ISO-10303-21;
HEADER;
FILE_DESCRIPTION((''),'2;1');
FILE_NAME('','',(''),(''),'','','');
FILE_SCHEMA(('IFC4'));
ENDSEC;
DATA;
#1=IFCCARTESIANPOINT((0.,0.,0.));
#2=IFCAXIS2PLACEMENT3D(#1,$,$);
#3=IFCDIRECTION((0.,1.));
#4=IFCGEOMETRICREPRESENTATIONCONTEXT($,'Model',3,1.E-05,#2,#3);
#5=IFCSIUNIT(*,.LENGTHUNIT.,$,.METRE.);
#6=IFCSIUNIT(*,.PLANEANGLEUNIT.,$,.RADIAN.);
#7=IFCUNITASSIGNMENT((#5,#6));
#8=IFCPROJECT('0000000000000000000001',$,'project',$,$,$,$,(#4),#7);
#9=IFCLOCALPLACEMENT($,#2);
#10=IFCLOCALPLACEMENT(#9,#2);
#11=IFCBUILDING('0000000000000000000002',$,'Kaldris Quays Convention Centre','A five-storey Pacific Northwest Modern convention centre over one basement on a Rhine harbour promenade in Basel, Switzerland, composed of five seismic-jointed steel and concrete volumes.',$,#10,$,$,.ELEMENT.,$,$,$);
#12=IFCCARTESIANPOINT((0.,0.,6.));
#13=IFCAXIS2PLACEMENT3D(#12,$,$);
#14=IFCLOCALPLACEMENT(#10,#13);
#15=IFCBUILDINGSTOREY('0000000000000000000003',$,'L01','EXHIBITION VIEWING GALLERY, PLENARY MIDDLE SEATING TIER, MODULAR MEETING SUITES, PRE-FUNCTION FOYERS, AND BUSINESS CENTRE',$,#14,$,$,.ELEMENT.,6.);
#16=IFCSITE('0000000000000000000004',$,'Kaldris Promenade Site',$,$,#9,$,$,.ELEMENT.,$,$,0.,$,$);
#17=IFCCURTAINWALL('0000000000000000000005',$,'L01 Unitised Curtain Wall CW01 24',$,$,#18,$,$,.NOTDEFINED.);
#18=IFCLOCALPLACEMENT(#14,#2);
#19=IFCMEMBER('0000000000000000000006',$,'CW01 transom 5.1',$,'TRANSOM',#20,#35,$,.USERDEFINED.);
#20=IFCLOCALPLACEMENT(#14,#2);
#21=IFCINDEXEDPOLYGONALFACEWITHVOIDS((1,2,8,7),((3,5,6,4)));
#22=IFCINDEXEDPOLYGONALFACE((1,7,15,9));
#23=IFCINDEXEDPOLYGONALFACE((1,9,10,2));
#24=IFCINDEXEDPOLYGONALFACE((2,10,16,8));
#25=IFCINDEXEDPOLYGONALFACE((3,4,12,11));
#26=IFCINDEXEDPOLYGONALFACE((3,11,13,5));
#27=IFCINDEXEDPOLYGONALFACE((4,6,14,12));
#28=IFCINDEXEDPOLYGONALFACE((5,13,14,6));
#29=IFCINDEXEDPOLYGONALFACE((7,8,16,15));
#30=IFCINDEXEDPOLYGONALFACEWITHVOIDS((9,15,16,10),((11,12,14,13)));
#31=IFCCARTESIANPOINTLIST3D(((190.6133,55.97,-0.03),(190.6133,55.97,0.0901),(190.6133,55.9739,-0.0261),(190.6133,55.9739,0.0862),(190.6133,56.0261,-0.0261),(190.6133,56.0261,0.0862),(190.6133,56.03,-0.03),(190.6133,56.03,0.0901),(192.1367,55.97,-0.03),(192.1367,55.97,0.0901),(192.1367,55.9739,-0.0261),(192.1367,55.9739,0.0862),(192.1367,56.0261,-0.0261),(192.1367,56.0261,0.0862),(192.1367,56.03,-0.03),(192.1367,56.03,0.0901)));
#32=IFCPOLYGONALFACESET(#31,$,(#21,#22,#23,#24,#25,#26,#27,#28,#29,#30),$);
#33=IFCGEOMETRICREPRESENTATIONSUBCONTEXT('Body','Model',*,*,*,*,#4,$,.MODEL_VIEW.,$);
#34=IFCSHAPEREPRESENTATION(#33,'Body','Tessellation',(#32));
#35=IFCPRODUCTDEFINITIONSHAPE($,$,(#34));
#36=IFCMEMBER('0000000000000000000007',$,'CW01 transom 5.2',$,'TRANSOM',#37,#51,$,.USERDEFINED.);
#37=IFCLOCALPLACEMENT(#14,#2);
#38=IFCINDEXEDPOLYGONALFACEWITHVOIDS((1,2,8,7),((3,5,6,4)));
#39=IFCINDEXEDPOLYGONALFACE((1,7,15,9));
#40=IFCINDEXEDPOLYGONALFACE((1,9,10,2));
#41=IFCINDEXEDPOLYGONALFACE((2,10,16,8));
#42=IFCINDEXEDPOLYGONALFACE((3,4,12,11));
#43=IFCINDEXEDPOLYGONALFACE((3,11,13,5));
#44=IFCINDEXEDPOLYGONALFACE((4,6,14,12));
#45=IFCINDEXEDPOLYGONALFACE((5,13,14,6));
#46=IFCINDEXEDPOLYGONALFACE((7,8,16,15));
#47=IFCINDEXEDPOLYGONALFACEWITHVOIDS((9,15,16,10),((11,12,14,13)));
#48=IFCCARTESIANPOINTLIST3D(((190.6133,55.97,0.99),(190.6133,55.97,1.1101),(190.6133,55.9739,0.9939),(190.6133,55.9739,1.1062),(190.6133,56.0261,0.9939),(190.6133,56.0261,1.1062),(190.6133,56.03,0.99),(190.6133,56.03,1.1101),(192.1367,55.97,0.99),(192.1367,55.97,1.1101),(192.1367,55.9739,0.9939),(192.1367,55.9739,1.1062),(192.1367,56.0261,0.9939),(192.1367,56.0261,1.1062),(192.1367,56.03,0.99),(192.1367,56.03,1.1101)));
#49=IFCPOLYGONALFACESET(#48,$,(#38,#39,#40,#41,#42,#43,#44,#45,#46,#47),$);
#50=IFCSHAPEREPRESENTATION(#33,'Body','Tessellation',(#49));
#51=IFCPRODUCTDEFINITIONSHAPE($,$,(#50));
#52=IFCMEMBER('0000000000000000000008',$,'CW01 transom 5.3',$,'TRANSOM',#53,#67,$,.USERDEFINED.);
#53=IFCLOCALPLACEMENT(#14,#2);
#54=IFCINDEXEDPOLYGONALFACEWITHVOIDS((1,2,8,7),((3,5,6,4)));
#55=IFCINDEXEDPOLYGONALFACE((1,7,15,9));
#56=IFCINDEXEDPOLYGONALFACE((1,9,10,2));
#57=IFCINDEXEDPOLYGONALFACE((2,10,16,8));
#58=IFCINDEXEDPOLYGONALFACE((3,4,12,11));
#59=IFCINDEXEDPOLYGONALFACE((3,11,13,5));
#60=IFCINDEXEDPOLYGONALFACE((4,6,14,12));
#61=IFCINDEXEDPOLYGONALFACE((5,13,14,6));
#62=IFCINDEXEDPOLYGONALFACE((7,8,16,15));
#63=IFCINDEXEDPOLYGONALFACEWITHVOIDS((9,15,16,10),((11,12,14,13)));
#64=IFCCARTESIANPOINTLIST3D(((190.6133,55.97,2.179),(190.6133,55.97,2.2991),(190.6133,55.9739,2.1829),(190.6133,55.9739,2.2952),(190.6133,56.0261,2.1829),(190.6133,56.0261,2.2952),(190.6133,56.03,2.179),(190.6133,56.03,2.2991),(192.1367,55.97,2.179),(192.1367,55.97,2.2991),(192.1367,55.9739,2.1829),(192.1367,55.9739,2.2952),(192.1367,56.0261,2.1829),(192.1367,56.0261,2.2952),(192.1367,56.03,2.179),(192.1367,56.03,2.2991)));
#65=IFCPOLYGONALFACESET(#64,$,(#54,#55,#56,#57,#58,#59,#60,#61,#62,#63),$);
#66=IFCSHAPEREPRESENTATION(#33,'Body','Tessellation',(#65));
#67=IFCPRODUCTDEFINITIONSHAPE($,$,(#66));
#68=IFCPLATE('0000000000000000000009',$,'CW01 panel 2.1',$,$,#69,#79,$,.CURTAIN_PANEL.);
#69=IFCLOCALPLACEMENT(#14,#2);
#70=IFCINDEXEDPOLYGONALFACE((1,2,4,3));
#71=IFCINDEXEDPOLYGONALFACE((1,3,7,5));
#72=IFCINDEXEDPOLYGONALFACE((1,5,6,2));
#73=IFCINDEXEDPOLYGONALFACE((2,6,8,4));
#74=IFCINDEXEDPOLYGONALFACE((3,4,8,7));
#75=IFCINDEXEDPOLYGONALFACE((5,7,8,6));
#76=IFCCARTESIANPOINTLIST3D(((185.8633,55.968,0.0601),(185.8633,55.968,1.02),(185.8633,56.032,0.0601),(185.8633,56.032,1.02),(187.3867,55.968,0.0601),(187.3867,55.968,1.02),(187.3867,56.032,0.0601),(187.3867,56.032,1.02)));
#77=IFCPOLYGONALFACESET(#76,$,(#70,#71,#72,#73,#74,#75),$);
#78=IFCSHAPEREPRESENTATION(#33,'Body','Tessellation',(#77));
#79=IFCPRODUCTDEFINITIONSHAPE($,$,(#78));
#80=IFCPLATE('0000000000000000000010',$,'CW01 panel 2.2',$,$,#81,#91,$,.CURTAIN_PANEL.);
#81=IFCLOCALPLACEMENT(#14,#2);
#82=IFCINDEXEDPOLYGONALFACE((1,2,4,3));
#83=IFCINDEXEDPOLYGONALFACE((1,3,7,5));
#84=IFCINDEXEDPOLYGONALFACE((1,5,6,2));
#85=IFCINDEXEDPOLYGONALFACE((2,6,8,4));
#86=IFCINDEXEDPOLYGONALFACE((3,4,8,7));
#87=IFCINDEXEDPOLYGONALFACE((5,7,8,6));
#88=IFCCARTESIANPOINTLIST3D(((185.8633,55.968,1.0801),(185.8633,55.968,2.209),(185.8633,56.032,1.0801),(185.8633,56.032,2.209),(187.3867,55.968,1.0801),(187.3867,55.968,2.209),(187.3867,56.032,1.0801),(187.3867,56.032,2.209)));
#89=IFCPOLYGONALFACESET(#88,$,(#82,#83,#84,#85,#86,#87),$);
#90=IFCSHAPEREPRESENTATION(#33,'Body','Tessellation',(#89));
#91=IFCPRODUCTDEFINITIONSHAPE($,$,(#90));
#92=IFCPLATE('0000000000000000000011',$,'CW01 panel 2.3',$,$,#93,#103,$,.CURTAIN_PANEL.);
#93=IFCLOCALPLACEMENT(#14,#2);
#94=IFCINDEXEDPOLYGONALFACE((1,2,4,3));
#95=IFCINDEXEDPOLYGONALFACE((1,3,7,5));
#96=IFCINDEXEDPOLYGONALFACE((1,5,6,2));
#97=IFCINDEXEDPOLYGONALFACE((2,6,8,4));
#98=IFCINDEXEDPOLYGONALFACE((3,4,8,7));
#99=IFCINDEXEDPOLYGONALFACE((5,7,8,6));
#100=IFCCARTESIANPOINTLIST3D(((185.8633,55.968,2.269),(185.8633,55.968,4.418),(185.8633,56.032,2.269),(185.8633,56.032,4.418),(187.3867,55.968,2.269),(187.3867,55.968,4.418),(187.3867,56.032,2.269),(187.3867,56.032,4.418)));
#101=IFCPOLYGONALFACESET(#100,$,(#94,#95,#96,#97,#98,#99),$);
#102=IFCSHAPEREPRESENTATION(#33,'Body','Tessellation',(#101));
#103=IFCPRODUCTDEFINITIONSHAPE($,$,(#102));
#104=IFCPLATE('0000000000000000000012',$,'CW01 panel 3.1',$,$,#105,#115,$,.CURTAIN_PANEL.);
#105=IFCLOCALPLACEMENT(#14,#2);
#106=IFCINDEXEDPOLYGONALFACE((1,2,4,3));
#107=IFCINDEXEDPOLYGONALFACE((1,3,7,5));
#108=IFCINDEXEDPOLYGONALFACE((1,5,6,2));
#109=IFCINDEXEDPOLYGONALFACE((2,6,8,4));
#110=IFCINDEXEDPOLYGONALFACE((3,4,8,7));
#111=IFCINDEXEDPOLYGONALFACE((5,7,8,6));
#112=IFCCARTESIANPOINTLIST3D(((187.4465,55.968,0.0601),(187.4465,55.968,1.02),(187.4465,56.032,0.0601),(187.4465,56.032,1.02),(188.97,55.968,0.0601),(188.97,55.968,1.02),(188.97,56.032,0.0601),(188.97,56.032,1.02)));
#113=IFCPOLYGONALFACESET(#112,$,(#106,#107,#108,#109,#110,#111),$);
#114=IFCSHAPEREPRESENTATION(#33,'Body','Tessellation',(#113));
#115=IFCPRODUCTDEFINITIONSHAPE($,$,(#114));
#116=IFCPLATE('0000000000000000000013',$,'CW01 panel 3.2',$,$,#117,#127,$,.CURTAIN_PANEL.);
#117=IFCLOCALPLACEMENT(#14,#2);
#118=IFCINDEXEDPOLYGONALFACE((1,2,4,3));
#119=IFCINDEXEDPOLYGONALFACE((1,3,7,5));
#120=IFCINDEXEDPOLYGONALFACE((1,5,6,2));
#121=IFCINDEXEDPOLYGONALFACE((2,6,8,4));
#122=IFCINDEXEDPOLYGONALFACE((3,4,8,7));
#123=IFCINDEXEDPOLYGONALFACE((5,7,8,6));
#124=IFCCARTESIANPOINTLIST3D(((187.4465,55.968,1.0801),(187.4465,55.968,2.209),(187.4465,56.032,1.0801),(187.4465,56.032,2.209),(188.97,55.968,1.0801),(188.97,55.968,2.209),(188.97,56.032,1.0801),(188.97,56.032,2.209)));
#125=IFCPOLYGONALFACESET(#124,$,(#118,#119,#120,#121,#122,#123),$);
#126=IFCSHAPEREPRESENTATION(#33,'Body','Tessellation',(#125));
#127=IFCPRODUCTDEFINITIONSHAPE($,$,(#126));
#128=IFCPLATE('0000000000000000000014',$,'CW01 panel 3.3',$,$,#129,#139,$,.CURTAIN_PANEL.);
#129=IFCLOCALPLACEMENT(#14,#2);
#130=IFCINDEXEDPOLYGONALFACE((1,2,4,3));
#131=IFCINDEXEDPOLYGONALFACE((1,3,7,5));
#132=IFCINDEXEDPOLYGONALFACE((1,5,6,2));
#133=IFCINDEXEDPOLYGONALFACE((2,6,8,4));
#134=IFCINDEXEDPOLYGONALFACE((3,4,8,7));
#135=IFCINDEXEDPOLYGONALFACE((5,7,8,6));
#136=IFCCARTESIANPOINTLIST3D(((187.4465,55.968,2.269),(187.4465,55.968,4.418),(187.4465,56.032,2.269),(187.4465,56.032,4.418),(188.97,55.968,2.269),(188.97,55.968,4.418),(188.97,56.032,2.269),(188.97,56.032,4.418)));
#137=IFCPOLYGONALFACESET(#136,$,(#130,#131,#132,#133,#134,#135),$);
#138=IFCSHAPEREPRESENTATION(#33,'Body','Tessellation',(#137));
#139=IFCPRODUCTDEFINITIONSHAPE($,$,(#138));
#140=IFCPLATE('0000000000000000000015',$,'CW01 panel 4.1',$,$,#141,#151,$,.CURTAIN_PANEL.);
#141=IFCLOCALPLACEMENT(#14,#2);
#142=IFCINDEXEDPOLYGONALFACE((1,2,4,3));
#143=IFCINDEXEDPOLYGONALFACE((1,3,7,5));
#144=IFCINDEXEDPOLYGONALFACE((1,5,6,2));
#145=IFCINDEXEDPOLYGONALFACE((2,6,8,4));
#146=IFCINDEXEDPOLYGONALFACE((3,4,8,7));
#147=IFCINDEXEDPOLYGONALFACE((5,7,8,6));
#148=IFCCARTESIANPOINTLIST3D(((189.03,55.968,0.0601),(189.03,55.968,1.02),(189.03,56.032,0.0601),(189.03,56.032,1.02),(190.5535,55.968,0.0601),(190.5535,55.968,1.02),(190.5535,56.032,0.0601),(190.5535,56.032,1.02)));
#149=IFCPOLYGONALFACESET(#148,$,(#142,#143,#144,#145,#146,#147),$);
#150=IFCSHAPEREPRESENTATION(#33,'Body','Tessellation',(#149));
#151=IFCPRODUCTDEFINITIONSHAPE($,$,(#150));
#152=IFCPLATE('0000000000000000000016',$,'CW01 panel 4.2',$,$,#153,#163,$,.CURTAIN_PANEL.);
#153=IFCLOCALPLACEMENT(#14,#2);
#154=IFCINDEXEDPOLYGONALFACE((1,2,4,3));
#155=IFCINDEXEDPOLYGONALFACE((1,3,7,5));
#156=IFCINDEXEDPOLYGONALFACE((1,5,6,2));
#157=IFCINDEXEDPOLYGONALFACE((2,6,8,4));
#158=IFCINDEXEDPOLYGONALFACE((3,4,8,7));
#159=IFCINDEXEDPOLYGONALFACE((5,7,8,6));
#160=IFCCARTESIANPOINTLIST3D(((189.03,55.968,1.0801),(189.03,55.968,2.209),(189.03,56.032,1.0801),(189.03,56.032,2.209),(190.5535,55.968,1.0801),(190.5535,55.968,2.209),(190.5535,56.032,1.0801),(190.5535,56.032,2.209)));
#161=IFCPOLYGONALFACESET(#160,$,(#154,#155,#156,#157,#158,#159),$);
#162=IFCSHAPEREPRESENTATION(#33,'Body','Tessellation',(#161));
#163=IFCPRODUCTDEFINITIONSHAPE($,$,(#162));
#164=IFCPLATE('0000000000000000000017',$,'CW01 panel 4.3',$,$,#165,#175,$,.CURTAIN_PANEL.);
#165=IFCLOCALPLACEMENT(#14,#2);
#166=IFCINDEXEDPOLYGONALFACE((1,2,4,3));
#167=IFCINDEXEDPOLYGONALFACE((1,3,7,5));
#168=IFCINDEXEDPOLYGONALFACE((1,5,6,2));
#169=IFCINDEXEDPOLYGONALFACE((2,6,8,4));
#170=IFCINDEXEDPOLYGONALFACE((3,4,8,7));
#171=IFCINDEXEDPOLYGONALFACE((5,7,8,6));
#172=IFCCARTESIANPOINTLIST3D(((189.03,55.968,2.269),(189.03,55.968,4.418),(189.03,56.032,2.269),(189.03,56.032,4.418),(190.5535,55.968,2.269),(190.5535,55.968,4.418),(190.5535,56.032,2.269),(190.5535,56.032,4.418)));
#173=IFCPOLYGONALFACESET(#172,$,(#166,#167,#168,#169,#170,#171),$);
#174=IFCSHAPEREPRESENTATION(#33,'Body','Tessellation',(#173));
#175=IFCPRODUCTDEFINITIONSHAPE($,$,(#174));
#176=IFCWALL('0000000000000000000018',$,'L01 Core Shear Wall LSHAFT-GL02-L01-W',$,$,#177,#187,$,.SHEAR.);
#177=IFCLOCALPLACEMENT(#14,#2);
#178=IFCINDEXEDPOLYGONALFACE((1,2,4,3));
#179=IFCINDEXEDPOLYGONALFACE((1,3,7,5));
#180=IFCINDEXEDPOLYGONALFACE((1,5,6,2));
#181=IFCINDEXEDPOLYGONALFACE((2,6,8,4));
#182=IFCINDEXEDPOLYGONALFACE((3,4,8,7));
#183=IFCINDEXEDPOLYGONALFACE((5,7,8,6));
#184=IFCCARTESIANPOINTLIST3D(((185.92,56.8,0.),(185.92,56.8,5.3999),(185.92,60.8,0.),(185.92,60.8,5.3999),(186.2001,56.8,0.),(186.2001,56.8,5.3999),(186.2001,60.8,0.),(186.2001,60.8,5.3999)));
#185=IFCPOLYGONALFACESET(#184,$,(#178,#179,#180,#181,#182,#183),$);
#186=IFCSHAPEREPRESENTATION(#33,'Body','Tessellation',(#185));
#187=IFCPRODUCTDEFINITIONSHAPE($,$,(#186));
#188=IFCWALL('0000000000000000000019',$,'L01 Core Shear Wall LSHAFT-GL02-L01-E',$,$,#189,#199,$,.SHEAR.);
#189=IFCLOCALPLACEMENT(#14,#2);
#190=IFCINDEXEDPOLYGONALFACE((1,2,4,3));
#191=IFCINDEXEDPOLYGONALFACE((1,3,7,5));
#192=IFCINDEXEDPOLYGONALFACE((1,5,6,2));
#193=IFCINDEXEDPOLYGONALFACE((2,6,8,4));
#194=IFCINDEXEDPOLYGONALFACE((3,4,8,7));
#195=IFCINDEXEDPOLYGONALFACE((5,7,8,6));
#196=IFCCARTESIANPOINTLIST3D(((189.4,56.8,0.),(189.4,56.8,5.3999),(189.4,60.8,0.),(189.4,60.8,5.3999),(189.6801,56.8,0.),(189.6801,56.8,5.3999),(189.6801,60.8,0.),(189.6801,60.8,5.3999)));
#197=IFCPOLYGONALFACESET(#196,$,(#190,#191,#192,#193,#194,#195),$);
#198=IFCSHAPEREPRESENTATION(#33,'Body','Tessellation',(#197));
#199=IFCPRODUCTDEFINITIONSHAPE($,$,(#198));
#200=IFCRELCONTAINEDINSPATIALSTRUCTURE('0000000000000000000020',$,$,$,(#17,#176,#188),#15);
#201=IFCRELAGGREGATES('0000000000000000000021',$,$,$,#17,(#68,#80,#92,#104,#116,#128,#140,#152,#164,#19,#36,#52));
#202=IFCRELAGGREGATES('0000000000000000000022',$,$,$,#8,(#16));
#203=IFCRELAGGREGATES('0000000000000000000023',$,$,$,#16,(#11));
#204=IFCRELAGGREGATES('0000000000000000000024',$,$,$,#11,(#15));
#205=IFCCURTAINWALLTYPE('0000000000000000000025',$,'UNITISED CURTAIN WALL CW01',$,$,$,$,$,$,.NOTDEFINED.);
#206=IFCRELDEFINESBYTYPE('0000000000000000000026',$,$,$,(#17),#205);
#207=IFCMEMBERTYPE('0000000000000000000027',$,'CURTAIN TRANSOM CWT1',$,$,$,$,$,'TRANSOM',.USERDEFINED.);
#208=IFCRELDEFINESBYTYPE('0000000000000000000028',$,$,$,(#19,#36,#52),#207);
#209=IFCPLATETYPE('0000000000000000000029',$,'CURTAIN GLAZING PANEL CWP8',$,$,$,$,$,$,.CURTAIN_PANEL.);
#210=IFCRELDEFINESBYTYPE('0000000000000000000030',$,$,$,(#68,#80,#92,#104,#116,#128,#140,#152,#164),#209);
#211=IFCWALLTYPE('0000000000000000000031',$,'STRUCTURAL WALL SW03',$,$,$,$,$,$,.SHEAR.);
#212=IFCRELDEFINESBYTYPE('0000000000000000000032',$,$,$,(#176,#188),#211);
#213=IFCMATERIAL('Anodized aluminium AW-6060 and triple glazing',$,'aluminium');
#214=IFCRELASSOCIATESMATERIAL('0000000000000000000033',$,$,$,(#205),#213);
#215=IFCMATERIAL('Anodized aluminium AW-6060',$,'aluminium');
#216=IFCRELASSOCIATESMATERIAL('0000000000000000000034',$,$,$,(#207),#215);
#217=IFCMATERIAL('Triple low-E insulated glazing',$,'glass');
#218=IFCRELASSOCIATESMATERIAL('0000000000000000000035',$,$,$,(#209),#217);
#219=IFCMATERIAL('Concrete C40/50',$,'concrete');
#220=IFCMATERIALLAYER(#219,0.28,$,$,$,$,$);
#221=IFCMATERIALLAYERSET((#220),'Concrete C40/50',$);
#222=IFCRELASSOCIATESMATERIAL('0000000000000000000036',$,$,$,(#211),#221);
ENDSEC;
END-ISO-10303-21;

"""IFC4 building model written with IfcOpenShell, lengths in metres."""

from ifc_helpers import new_model, si_unit, direction, frame, frame_2d, origin, origin_2d, place, context, subcontext, project, spatial, rectangle, hollow_rectangle, extrude, material, layer, layer_set, material_profile, profile_set, type_object, element, aggregate, save


model = new_model("IFC4")

# Units and contexts
model_context = context("Model", 3, precision=1e-05, world=origin(), true_north=direction((0.0, 1.0)))
body_context = subcontext(model_context, "Body", "Model", "MODEL_VIEW")
ifc_project = project(units=[si_unit("LENGTHUNIT", "METRE"), si_unit("PLANEANGLEUNIT", "RADIAN")], contexts=[model_context])

# Site, building, storey
site_placement = place(None, origin())
site = spatial("IfcSite", under=ifc_project, at=site_placement, Name="Kaldris Promenade Site", CompositionType="ELEMENT", RefElevation=0.0)
building_placement = place(site_placement, origin())
building = spatial("IfcBuilding", under=site, at=building_placement, Name="Kaldris Quays Convention Centre", Description="A five-storey Pacific Northwest Modern convention centre over one basement on a Rhine harbour promenade in Basel, Switzerland, composed of five seismic-jointed steel and concrete volumes.", CompositionType="ELEMENT")
storey_placement = place(building_placement, frame((0.0, 0.0, 6.0)))
storey = spatial("IfcBuildingStorey", under=building, at=storey_placement, Name="L01", Description="EXHIBITION VIEWING GALLERY, PLENARY MIDDLE SEATING TIER, MODULAR MEETING SUITES, PRE-FUNCTION FOYERS, AND BUSINESS CENTRE", CompositionType="ELEMENT", Elevation=6.0)

# Curtain wall, members, plates
ifc_material_1 = material(Name="Anodized aluminium AW-6060 and triple glazing", Category="aluminium")
curtain_wall_type = type_object("IfcCurtainWallType", Name="UNITISED CURTAIN WALL CW01", PredefinedType="NOTDEFINED", material=ifc_material_1)
curtain_wall_placement = place(storey_placement, origin())
curtain_wall = element("IfcCurtainWall", 1, at=curtain_wall_placement, inside=storey, type_object=curtain_wall_type, Name="L01 Unitised Curtain Wall CW01 24", PredefinedType="NOTDEFINED")
ifc_material_2 = material(Name="Anodized aluminium AW-6060", Category="aluminium")
ifc_material_profile_1 = material_profile(ifc_material_2, hollow_rectangle(XDim=0.0601, YDim=0.1201, WallThickness=0.0039, at=origin_2d()), Name="RHS 120x60x4")
ifc_profile_set_1 = profile_set([ifc_material_profile_1], Name="Anodized aluminium AW-6060")
member_type_1 = type_object("IfcMemberType", Name="CURTAIN TRANSOM CWT1", ElementType="TRANSOM", PredefinedType="USERDEFINED", material=ifc_profile_set_1)
member_1_placement = place(storey_placement, frame((190.6133, 56.0, 0.03), z_axis=(1.0, 0.0, 0.0), x_axis=(0.0, 1.0, 0.0)))
member_1 = element("IfcMember", 2, at=member_1_placement, type_object=member_type_1, Name="CW01 transom 5.1", ObjectType="TRANSOM", PredefinedType="USERDEFINED", context=body_context, shape_type="SweptSolid", body=[
    extrude(hollow_rectangle(XDim=0.0601, YDim=0.1201, WallThickness=0.0039, at=origin_2d()), origin(), (0.0, 0.0, 1.0), 1.5234),
])
member_2_placement = place(storey_placement, frame((190.6133, 56.0, 1.05), z_axis=(1.0, 0.0, 0.0), x_axis=(0.0, 1.0, 0.0)))
member_2 = element("IfcMember", 3, at=member_2_placement, type_object=member_type_1, Name="CW01 transom 5.2", ObjectType="TRANSOM", PredefinedType="USERDEFINED", context=body_context, shape_type="SweptSolid", body=[
    extrude(hollow_rectangle(XDim=0.0601, YDim=0.1201, WallThickness=0.0039, at=origin_2d()), origin(), (0.0, 0.0, 1.0), 1.5234),
])
member_3_placement = place(storey_placement, frame((190.6133, 56.0, 2.239), z_axis=(1.0, 0.0, 0.0), x_axis=(0.0, 1.0, 0.0)))
member_3 = element("IfcMember", 4, at=member_3_placement, type_object=member_type_1, Name="CW01 transom 5.3", ObjectType="TRANSOM", PredefinedType="USERDEFINED", context=body_context, shape_type="SweptSolid", body=[
    extrude(hollow_rectangle(XDim=0.0601, YDim=0.1201, WallThickness=0.0039, at=origin_2d()), origin(), (0.0, 0.0, 1.0), 1.5234),
])
ifc_material_3 = material(Name="Triple low-E insulated glazing", Category="glass")
plate_type = type_object("IfcPlateType", Name="CURTAIN GLAZING PANEL CWP8", PredefinedType="CURTAIN_PANEL", material=ifc_material_3)
plate_1_placement = place(storey_placement, frame((186.625, 56.0, 0.0601), z_axis=(0.0, 0.0, 1.0), x_axis=(1.0, 0.0, 0.0)))
plate_1 = element("IfcPlate", 5, at=plate_1_placement, type_object=plate_type, Name="CW01 panel 2.1", PredefinedType="CURTAIN_PANEL", context=body_context, shape_type="SweptSolid", body=[
    extrude(rectangle(XDim=1.5234, YDim=0.064, at=origin_2d()), origin(), (0.0, 0.0, 1.0), 0.96),
])
plate_2_placement = place(storey_placement, frame((186.625, 56.0, 1.0801), z_axis=(0.0, 0.0, 1.0), x_axis=(1.0, 0.0, 0.0)))
plate_2 = element("IfcPlate", 6, at=plate_2_placement, type_object=plate_type, Name="CW01 panel 2.2", PredefinedType="CURTAIN_PANEL", context=body_context, shape_type="SweptSolid", body=[
    extrude(rectangle(XDim=1.5234, YDim=0.064, at=origin_2d()), origin(), (0.0, 0.0, 1.0), 1.1289),
])
plate_3_placement = place(storey_placement, frame((186.625, 56.0, 2.269), z_axis=(0.0, 0.0, 1.0), x_axis=(1.0, 0.0, 0.0)))
plate_3 = element("IfcPlate", 7, at=plate_3_placement, type_object=plate_type, Name="CW01 panel 2.3", PredefinedType="CURTAIN_PANEL", context=body_context, shape_type="SweptSolid", body=[
    extrude(rectangle(XDim=1.5234, YDim=0.064, at=origin_2d()), origin(), (0.0, 0.0, 1.0), 2.1489),
])
plate_4_placement = place(storey_placement, frame((188.2083, 56.0, 0.0601), z_axis=(0.0, 0.0, 1.0), x_axis=(1.0, 0.0, 0.0)))
plate_4 = element("IfcPlate", 8, at=plate_4_placement, type_object=plate_type, Name="CW01 panel 3.1", PredefinedType="CURTAIN_PANEL", context=body_context, shape_type="SweptSolid", body=[
    extrude(rectangle(XDim=1.5234, YDim=0.064, at=origin_2d()), origin(), (0.0, 0.0, 1.0), 0.96),
])
plate_5_placement = place(storey_placement, frame((188.2083, 56.0, 1.0801), z_axis=(0.0, 0.0, 1.0), x_axis=(1.0, 0.0, 0.0)))
plate_5 = element("IfcPlate", 9, at=plate_5_placement, type_object=plate_type, Name="CW01 panel 3.2", PredefinedType="CURTAIN_PANEL", context=body_context, shape_type="SweptSolid", body=[
    extrude(rectangle(XDim=1.5234, YDim=0.064, at=origin_2d()), origin(), (0.0, 0.0, 1.0), 1.1289),
])
plate_6_placement = place(storey_placement, frame((188.2083, 56.0, 2.269), z_axis=(0.0, 0.0, 1.0), x_axis=(1.0, 0.0, 0.0)))
plate_6 = element("IfcPlate", 10, at=plate_6_placement, type_object=plate_type, Name="CW01 panel 3.3", PredefinedType="CURTAIN_PANEL", context=body_context, shape_type="SweptSolid", body=[
    extrude(rectangle(XDim=1.5234, YDim=0.064, at=origin_2d()), origin(), (0.0, 0.0, 1.0), 2.1489),
])
plate_7_placement = place(storey_placement, frame((189.7917, 56.0, 0.0601), z_axis=(0.0, 0.0, 1.0), x_axis=(1.0, 0.0, 0.0)))
plate_7 = element("IfcPlate", 11, at=plate_7_placement, type_object=plate_type, Name="CW01 panel 4.1", PredefinedType="CURTAIN_PANEL", context=body_context, shape_type="SweptSolid", body=[
    extrude(rectangle(XDim=1.5234, YDim=0.064, at=origin_2d()), origin(), (0.0, 0.0, 1.0), 0.96),
])
plate_8_placement = place(storey_placement, frame((189.7917, 56.0, 1.0801), z_axis=(0.0, 0.0, 1.0), x_axis=(1.0, 0.0, 0.0)))
plate_8 = element("IfcPlate", 12, at=plate_8_placement, type_object=plate_type, Name="CW01 panel 4.2", PredefinedType="CURTAIN_PANEL", context=body_context, shape_type="SweptSolid", body=[
    extrude(rectangle(XDim=1.5234, YDim=0.064, at=origin_2d()), origin(), (0.0, 0.0, 1.0), 1.1289),
])
plate_9_placement = place(storey_placement, frame((189.7917, 56.0, 2.269), z_axis=(0.0, 0.0, 1.0), x_axis=(1.0, 0.0, 0.0)))
plate_9 = element("IfcPlate", 13, at=plate_9_placement, type_object=plate_type, Name="CW01 panel 4.3", PredefinedType="CURTAIN_PANEL", context=body_context, shape_type="SweptSolid", body=[
    extrude(rectangle(XDim=1.5234, YDim=0.064, at=origin_2d()), origin(), (0.0, 0.0, 1.0), 2.1489),
])
aggregate(curtain_wall, [plate_1, plate_2, plate_3, plate_4, plate_5, plate_6, plate_7, plate_8, plate_9, member_1, member_2, member_3])

# Walls
ifc_material_4 = material(Name="Concrete C40/50", Category="concrete")
ifc_layer = layer(ifc_material_4, 0.28)
ifc_layer_set = layer_set([ifc_layer], Name="Concrete C40/50")
wall_type = type_object("IfcWallType", Name="STRUCTURAL WALL SW03", PredefinedType="SHEAR", material=ifc_layer_set)
for number, where, z_axis, x_axis, name in (
    (14, (186.0601, 56.8, 0.0), (0.0, 0.0, 1.0), (0.0, 1.0, 0.0), "L01 Core Shear Wall LSHAFT-GL02-L01-W"),
    (15, (189.54, 56.8, 0.0), (0.0, 0.0, 1.0), (0.0, 1.0, 0.0), "L01 Core Shear Wall LSHAFT-GL02-L01-E"),
):
    element("IfcWall", number, at=place(storey_placement, frame(where, z_axis=z_axis, x_axis=x_axis)), inside=storey, type_object=wall_type, Name=name, PredefinedType="SHEAR", context=body_context, shape_type="SweptSolid", body=[
        extrude(rectangle(XDim=4.0, YDim=0.28, at=frame_2d((2.0, 0.0))), origin(), (0.0, 0.0, 1.0), 5.3999),
    ])

save(model, "model.ifc")
